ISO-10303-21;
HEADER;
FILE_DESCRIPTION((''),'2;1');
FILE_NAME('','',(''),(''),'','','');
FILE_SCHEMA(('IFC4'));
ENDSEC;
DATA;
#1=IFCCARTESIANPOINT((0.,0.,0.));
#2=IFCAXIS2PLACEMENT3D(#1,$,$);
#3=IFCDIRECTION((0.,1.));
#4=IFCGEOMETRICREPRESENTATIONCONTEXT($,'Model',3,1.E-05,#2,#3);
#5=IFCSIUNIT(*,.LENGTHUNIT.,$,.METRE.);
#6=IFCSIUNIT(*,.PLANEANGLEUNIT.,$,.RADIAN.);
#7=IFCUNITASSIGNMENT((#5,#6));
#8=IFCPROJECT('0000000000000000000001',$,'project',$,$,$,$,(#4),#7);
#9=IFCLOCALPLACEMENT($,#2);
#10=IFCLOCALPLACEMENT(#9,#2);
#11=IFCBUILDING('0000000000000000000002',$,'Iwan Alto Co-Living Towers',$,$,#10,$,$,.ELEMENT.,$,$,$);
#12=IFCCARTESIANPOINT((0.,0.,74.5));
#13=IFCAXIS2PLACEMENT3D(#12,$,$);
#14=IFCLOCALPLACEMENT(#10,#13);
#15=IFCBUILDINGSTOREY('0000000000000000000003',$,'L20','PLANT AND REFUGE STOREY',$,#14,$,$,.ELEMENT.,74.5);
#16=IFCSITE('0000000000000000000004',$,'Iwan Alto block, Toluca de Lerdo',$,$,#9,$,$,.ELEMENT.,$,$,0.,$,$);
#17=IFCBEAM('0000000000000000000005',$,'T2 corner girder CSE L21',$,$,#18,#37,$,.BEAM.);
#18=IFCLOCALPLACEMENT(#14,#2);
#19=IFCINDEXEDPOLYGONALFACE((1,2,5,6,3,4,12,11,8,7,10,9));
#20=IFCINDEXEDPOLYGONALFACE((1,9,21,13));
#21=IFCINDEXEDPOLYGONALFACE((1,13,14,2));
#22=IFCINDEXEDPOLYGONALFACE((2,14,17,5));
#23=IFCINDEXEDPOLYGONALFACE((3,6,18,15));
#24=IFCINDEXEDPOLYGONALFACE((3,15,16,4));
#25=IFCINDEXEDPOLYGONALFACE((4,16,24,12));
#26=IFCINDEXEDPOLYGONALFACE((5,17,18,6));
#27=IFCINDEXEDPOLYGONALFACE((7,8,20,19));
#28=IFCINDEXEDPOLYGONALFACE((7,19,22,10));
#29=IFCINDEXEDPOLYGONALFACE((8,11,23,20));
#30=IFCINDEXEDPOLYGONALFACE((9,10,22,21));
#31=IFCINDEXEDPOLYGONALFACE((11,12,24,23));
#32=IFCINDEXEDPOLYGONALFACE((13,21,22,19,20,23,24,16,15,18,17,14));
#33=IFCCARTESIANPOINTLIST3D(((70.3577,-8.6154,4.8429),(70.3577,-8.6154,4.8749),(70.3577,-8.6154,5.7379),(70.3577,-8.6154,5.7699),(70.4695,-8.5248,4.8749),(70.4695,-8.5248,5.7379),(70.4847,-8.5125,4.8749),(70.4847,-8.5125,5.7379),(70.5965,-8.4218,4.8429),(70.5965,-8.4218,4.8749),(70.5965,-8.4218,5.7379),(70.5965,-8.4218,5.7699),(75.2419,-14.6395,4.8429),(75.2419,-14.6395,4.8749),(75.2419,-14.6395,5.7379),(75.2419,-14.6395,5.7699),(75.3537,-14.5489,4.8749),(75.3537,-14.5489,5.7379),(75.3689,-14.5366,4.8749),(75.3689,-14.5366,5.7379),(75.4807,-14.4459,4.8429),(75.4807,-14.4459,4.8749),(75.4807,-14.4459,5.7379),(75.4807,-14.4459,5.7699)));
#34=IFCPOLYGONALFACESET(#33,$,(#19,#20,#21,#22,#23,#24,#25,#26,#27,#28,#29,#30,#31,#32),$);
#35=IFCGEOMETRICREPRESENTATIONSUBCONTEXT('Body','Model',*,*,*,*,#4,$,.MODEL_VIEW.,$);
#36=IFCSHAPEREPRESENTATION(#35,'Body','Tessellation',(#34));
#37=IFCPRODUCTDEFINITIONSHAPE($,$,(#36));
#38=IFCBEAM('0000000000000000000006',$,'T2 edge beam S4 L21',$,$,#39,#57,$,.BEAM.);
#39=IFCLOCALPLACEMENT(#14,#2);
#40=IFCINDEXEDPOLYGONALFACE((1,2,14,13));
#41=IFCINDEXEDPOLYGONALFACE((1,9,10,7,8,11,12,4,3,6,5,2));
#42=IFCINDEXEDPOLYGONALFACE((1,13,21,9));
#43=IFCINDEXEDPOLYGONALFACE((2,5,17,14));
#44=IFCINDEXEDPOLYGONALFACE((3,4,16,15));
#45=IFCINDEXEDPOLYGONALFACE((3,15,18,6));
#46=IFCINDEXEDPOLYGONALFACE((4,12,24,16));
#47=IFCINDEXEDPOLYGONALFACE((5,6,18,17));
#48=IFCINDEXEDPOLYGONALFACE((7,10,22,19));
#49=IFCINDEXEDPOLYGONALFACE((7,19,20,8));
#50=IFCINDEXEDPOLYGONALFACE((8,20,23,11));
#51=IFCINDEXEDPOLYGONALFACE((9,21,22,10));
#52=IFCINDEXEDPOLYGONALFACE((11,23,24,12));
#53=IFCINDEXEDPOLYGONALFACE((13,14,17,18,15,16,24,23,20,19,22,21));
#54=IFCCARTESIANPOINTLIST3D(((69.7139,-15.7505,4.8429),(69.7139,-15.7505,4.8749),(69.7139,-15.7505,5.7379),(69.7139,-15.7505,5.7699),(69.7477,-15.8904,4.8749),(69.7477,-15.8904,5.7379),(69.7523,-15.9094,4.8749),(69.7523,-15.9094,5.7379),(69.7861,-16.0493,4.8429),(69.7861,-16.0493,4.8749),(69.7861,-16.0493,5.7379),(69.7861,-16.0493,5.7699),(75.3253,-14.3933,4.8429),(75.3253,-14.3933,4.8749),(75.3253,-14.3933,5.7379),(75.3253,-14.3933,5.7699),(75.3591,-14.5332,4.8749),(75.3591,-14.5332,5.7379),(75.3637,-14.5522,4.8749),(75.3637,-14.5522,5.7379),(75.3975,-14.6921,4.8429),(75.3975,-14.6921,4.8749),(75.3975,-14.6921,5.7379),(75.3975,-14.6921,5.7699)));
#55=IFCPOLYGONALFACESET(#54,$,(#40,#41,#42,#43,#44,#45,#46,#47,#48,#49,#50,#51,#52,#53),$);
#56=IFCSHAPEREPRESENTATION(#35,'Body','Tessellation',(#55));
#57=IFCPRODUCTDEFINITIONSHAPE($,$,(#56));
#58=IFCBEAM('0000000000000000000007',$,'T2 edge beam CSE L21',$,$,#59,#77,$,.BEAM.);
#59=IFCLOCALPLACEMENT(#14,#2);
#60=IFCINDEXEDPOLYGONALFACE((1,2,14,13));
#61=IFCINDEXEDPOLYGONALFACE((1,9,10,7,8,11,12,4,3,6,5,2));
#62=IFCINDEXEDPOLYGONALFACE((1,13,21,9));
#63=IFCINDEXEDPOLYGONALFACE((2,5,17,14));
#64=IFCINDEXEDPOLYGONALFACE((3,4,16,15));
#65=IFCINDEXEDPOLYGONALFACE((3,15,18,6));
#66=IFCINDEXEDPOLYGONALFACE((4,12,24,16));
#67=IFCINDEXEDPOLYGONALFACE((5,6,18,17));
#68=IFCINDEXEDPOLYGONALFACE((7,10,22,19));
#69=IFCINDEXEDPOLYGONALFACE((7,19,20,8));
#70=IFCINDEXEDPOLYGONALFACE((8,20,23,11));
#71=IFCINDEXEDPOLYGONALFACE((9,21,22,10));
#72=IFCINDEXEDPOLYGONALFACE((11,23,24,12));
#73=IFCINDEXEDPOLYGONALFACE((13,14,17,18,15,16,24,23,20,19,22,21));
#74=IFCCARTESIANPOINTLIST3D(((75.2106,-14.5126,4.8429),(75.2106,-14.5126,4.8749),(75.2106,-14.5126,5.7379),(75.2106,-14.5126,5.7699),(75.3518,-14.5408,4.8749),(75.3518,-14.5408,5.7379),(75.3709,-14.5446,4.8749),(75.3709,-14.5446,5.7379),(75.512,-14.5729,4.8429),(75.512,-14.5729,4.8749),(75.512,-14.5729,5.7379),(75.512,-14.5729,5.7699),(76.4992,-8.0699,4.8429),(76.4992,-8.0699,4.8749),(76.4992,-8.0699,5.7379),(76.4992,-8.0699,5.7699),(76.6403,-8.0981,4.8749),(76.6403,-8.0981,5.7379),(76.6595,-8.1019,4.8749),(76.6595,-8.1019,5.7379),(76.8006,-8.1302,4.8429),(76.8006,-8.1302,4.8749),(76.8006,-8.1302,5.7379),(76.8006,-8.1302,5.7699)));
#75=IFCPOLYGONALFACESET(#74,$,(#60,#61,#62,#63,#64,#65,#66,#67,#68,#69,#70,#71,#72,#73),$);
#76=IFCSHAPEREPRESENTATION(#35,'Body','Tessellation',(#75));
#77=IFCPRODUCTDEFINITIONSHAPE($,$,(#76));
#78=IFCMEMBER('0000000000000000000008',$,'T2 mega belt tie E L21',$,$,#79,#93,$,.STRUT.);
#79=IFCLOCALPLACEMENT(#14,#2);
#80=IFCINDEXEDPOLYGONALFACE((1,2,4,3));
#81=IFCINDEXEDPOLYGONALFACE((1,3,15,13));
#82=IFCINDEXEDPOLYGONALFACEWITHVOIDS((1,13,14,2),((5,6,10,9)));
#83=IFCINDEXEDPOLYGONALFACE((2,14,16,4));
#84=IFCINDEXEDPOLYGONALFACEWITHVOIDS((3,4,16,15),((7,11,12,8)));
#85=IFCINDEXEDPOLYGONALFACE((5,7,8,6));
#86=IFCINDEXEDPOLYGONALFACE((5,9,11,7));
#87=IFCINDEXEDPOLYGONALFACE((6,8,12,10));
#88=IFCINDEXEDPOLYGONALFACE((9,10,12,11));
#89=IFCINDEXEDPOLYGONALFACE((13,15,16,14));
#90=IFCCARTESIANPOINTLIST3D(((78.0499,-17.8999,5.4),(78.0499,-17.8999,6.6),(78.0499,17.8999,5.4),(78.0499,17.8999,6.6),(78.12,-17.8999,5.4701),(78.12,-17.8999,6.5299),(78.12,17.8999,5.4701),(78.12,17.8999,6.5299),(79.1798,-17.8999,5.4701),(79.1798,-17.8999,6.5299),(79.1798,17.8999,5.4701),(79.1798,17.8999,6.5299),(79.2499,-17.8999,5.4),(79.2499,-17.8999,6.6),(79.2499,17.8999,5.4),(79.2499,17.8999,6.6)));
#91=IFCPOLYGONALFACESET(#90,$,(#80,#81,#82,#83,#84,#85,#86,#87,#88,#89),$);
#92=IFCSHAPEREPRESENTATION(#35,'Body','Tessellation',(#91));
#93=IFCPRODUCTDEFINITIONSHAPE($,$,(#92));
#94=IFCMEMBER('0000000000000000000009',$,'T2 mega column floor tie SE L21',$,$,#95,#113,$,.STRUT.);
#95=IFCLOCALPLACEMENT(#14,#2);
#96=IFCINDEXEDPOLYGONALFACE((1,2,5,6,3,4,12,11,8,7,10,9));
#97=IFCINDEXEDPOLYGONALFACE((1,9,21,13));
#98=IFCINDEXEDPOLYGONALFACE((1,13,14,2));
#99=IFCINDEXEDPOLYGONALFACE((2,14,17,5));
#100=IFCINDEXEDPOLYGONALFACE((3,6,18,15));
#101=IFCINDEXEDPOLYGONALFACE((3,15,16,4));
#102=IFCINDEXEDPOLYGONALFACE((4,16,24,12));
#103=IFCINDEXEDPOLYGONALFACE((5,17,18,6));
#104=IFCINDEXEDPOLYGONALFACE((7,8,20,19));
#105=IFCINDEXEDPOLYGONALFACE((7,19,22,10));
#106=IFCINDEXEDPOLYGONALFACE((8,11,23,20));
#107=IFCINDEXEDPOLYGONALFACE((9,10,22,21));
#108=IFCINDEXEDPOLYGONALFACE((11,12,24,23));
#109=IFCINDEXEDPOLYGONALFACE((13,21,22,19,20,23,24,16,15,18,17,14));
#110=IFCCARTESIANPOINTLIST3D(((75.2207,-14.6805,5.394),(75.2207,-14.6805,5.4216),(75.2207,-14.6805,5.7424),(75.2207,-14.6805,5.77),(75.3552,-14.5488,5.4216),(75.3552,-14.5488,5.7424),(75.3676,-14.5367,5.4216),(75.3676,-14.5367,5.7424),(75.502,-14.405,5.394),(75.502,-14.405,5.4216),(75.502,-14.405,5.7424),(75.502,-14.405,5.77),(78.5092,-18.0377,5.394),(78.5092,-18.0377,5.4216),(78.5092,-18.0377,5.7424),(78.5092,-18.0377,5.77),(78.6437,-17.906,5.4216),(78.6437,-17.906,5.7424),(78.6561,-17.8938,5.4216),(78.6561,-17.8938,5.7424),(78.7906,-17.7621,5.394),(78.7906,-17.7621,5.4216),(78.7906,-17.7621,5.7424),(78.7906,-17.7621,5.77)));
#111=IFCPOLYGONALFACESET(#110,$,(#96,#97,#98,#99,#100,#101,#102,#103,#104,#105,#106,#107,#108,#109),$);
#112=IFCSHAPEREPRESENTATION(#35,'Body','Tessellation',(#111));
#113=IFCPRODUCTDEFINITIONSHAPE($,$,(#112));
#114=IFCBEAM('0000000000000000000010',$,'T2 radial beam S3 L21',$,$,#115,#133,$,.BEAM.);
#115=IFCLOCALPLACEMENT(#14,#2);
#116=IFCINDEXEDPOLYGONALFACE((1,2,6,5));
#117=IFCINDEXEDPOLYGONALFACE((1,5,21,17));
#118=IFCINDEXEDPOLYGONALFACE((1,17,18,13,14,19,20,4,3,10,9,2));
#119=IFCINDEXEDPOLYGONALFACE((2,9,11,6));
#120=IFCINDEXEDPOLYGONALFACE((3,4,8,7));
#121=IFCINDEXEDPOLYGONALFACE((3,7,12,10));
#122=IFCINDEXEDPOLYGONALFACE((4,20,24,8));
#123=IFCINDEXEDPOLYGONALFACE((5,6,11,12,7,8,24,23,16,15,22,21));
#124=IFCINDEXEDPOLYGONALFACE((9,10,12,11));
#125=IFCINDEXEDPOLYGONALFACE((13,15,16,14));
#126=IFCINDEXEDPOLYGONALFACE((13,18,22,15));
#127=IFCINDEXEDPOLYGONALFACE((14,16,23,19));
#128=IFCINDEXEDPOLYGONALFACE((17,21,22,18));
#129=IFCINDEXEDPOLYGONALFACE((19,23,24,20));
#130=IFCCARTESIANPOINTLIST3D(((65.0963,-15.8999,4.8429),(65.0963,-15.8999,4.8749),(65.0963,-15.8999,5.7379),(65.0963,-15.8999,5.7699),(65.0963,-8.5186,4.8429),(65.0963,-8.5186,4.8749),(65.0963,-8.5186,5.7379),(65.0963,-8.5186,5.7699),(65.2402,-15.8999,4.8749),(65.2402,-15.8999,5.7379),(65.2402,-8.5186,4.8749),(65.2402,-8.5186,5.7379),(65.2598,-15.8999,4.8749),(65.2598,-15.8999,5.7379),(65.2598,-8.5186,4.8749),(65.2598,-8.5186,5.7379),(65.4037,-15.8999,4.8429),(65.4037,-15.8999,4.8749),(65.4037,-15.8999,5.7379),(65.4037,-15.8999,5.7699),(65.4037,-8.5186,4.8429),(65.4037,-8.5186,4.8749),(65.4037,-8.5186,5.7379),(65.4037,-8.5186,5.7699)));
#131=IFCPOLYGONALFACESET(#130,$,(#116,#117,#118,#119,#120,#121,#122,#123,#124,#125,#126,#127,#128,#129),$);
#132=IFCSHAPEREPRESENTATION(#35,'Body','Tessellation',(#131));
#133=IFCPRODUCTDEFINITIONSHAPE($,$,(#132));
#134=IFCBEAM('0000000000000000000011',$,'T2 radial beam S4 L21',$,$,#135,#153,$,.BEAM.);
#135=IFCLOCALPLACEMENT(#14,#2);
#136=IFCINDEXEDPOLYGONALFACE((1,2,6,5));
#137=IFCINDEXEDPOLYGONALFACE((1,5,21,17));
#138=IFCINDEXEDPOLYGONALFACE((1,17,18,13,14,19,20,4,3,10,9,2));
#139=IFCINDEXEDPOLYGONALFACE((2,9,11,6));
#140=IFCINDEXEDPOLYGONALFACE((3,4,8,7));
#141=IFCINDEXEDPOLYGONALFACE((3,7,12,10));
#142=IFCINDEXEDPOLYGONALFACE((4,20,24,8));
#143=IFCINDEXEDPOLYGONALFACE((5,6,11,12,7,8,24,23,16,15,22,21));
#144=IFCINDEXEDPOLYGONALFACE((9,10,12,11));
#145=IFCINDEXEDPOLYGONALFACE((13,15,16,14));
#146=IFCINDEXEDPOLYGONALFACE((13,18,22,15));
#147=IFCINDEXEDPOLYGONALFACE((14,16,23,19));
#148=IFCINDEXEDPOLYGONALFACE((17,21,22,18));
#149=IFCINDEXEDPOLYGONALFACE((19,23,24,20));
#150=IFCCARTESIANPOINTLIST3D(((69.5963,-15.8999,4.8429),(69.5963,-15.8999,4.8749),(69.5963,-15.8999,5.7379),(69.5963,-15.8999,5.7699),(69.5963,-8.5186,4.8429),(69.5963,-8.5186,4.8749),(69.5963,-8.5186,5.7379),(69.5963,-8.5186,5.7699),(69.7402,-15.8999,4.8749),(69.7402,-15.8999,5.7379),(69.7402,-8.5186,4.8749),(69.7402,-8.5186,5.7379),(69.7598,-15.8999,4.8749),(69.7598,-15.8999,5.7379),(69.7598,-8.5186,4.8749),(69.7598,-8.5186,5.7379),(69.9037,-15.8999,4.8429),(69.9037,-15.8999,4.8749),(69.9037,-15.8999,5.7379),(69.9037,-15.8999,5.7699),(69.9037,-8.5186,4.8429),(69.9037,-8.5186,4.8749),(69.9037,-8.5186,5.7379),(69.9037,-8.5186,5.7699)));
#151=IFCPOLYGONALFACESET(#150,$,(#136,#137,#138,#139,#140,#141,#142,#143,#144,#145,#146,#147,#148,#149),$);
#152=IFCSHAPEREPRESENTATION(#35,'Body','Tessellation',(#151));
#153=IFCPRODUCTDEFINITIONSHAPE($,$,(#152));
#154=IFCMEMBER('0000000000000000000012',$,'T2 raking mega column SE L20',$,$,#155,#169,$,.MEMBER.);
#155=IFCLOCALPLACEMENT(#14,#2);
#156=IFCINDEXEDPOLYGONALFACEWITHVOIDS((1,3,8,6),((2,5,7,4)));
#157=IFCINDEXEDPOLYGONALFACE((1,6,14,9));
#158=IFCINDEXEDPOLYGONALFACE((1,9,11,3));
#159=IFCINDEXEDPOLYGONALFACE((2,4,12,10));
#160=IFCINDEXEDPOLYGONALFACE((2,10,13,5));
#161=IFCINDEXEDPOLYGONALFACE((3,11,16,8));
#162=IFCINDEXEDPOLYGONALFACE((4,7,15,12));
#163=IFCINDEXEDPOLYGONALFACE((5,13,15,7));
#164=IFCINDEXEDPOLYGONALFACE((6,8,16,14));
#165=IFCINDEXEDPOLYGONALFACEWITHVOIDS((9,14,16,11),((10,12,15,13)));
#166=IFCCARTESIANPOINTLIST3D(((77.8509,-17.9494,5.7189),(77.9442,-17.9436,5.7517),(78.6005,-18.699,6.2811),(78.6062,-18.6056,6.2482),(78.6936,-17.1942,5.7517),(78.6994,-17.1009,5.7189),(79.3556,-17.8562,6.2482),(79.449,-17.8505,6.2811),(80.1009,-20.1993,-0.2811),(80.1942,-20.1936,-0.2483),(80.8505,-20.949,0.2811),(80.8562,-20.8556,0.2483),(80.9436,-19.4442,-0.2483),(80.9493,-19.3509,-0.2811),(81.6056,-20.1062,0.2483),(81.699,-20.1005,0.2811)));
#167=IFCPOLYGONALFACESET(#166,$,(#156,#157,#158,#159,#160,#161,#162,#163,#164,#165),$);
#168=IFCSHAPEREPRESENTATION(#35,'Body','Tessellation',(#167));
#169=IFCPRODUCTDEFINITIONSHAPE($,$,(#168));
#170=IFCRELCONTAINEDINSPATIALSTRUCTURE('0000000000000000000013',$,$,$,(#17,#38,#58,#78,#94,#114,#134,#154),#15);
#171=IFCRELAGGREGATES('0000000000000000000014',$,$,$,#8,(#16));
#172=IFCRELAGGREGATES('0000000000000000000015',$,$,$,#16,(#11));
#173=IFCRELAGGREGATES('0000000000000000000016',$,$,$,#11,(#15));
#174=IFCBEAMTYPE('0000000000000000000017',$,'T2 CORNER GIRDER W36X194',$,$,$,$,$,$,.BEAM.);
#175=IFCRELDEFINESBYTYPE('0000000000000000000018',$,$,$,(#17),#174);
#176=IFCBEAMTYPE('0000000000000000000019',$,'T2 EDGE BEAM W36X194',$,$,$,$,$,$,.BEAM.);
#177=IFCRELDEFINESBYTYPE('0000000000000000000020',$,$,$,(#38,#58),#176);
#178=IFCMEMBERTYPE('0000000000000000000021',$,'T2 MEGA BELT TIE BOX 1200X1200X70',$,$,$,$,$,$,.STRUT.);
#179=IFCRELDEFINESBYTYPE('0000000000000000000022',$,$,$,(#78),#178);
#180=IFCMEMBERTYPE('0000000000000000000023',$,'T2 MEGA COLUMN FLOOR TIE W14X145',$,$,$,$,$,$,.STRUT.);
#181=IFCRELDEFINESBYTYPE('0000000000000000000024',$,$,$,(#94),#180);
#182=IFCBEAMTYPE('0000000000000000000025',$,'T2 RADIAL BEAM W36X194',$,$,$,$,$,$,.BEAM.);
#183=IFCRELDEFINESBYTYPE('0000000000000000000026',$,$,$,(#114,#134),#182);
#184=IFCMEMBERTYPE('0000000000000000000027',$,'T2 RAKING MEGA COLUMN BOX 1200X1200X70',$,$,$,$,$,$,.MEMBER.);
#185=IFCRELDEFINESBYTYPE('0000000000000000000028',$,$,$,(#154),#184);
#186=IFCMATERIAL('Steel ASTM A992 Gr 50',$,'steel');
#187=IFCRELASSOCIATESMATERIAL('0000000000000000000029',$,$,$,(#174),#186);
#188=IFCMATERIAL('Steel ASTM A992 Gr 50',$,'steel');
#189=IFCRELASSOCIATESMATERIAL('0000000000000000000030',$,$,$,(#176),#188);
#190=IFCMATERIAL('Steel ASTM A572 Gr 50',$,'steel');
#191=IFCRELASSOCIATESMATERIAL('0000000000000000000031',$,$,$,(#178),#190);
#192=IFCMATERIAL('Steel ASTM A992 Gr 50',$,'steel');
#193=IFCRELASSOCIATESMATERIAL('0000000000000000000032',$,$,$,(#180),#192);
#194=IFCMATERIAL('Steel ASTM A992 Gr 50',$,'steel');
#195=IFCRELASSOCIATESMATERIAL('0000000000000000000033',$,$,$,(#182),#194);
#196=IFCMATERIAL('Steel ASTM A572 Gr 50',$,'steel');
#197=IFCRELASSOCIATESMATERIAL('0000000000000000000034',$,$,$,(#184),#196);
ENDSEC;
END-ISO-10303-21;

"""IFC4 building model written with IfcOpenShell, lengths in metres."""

from ifc_helpers import new_model, si_unit, direction, frame, origin, origin_2d, place, context, subcontext, project, spatial, hollow_rectangle, i_section, extrude, material, material_profile, profile_set, type_object, element, save


model = new_model("IFC4")

# Units and contexts
model_context = context("Model", 3, precision=1e-05, world=origin(), true_north=direction((0.0, 1.0)))
body_context = subcontext(model_context, "Body", "Model", "MODEL_VIEW")
ifc_project = project(units=[si_unit("LENGTHUNIT", "METRE"), si_unit("PLANEANGLEUNIT", "RADIAN")], contexts=[model_context])

# Site, building, storey
site_placement = place(None, origin())
site = spatial("IfcSite", under=ifc_project, at=site_placement, Name="Iwan Alto block, Toluca de Lerdo", CompositionType="ELEMENT", RefElevation=0.0)
building_placement = place(site_placement, origin())
building = spatial("IfcBuilding", under=site, at=building_placement, Name="Iwan Alto Co-Living Towers", CompositionType="ELEMENT")
storey_placement = place(building_placement, frame((0.0, 0.0, 74.5)))
storey = spatial("IfcBuildingStorey", under=building, at=storey_placement, Name="L20", Description="PLANT AND REFUGE STOREY", CompositionType="ELEMENT", Elevation=74.5)

# Beams
ifc_material_1 = material(Name="Steel ASTM A992 Gr 50", Category="steel")
ifc_material_profile_1 = material_profile(ifc_material_1, i_section(OverallWidth=0.3074, OverallDepth=0.927, WebThickness=0.0195, FlangeThickness=0.032, at=origin_2d()), Name="W36X194")
ifc_profile_set_1 = profile_set([ifc_material_profile_1], Name="Steel ASTM A992 Gr 50")
beam_type_1 = type_object("IfcBeamType", Name="T2 CORNER GIRDER W36X194", PredefinedType="BEAM", material=ifc_profile_set_1)
beam_1_placement = place(storey_placement, frame((75.3613, -14.5427, 5.3064), z_axis=(-0.629788, 0.776767, 0.0), x_axis=(-0.776767, -0.629788, 0.0)))
element("IfcBeam", 1, at=beam_1_placement, inside=storey, type_object=beam_type_1, Name="T2 corner girder CSE L21", PredefinedType="BEAM", context=body_context, shape_type="SweptSolid", body=[
    extrude(i_section(OverallWidth=0.3074, OverallDepth=0.927, WebThickness=0.0195, FlangeThickness=0.032, at=origin_2d()), origin(), (0.0, 0.0, 1.0), 7.7554),
])
ifc_material_2 = material(Name="Steel ASTM A992 Gr 50", Category="steel")
ifc_material_profile_2 = material_profile(ifc_material_2, i_section(OverallWidth=0.3074, OverallDepth=0.927, WebThickness=0.0195, FlangeThickness=0.032, at=origin_2d()), Name="W36X194")
ifc_profile_set_2 = profile_set([ifc_material_profile_2], Name="Steel ASTM A992 Gr 50")
beam_type_2 = type_object("IfcBeamType", Name="T2 EDGE BEAM W36X194", PredefinedType="BEAM", material=ifc_profile_set_2)
beam_2_placement = place(storey_placement, frame((69.75, -15.8999, 5.3064), z_axis=(0.971975, 0.235086, 0.0), x_axis=(-0.235086, 0.971975, 0.0)))
element("IfcBeam", 2, at=beam_2_placement, inside=storey, type_object=beam_type_2, Name="T2 edge beam S4 L21", PredefinedType="BEAM", context=body_context, shape_type="SweptSolid", body=[
    extrude(i_section(OverallWidth=0.3074, OverallDepth=0.927, WebThickness=0.0195, FlangeThickness=0.032, at=origin_2d()), origin(), (0.0, 0.0, 1.0), 5.7732),
])
beam_3_placement = place(storey_placement, frame((75.3613, -14.5427, 5.3064), z_axis=(0.196123, 0.980579, 0.0), x_axis=(-0.980579, 0.196123, 0.0)))
element("IfcBeam", 3, at=beam_3_placement, inside=storey, type_object=beam_type_2, Name="T2 edge beam CSE L21", PredefinedType="BEAM", context=body_context, shape_type="SweptSolid", body=[
    extrude(i_section(OverallWidth=0.3074, OverallDepth=0.927, WebThickness=0.0195, FlangeThickness=0.032, at=origin_2d()), origin(), (0.0, 0.0, 1.0), 6.5703),
])

# Members
ifc_material_3 = material(Name="Steel ASTM A572 Gr 50", Category="steel")
ifc_material_profile_3 = material_profile(ifc_material_3, hollow_rectangle(XDim=1.2, YDim=1.2, WallThickness=0.0701, at=origin_2d()), Name="BOX 1200X1200X70")
ifc_profile_set_3 = profile_set([ifc_material_profile_3], Name="Steel ASTM A572 Gr 50")
member_type_1 = type_object("IfcMemberType", Name="T2 MEGA BELT TIE BOX 1200X1200X70", PredefinedType="STRUT", material=ifc_profile_set_3)
member_1_placement = place(storey_placement, frame((78.6499, -17.8999, 6.0), z_axis=(0.0, 1.0, 0.0), x_axis=(-1.0, 0.0, 0.0)))
element("IfcMember", 4, at=member_1_placement, inside=storey, type_object=member_type_1, Name="T2 mega belt tie E L21", PredefinedType="STRUT", context=body_context, shape_type="SweptSolid", body=[
    extrude(hollow_rectangle(XDim=1.2, YDim=1.2, WallThickness=0.0701, at=origin_2d()), origin(), (0.0, 0.0, 1.0), 35.7998),
])
ifc_material_4 = material(Name="Steel ASTM A992 Gr 50", Category="steel")
ifc_material_profile_4 = material_profile(ifc_material_4, i_section(OverallWidth=0.3938, OverallDepth=0.376, WebThickness=0.0173, FlangeThickness=0.0276, at=origin_2d()), Name="W14X145")
ifc_profile_set_4 = profile_set([ifc_material_profile_4], Name="Steel ASTM A992 Gr 50")
member_type_2 = type_object("IfcMemberType", Name="T2 MEGA COLUMN FLOOR TIE W14X145", PredefinedType="STRUT", material=ifc_profile_set_4)
member_2_placement = place(storey_placement, frame((78.6499, -17.8999, 5.582), z_axis=(-0.69977, 0.714368, 0.0), x_axis=(-0.714368, -0.69977, 0.0)))
element("IfcMember", 5, at=member_2_placement, inside=storey, type_object=member_type_2, Name="T2 mega column floor tie SE L21", PredefinedType="STRUT", context=body_context, shape_type="SweptSolid", body=[
    extrude(i_section(OverallWidth=0.3938, OverallDepth=0.376, WebThickness=0.0173, FlangeThickness=0.0276, at=origin_2d()), origin(), (0.0, 0.0, 1.0), 4.6995),
])

# Beams
ifc_material_5 = material(Name="Steel ASTM A992 Gr 50", Category="steel")
ifc_material_profile_5 = material_profile(ifc_material_5, i_section(OverallWidth=0.3074, OverallDepth=0.927, WebThickness=0.0195, FlangeThickness=0.032, at=origin_2d()), Name="W36X194")
ifc_profile_set_5 = profile_set([ifc_material_profile_5], Name="Steel ASTM A992 Gr 50")
beam_type_3 = type_object("IfcBeamType", Name="T2 RADIAL BEAM W36X194", PredefinedType="BEAM", material=ifc_profile_set_5)
for number, where, z_axis, x_axis, name in (
    (6, (65.25, -15.8999, 5.3064), (0.0, 1.0, 0.0), (-1.0, 0.0, 0.0), "T2 radial beam S3 L21"),
    (7, (69.75, -15.8999, 5.3064), (0.0, 1.0, 0.0), (-1.0, 0.0, 0.0), "T2 radial beam S4 L21"),
):
    element("IfcBeam", number, at=place(storey_placement, frame(where, z_axis=z_axis, x_axis=x_axis)), inside=storey, type_object=beam_type_3, Name=name, PredefinedType="BEAM", context=body_context, shape_type="SweptSolid", body=[
        extrude(i_section(OverallWidth=0.3074, OverallDepth=0.927, WebThickness=0.0195, FlangeThickness=0.032, at=origin_2d()), origin(), (0.0, 0.0, 1.0), 7.3813),
    ])

# Member
ifc_material_6 = material(Name="Steel ASTM A572 Gr 50", Category="steel")
ifc_material_profile_6 = material_profile(ifc_material_6, hollow_rectangle(XDim=1.2, YDim=1.2, WallThickness=0.0701, at=origin_2d()), Name="BOX 1200X1200X70")
ifc_profile_set_6 = profile_set([ifc_material_profile_6], Name="Steel ASTM A572 Gr 50")
member_type_3 = type_object("IfcMemberType", Name="T2 RAKING MEGA COLUMN BOX 1200X1200X70", PredefinedType="MEMBER", material=ifc_profile_set_6)
member_3_placement = place(storey_placement, frame((80.8999, -20.1499, 0.0), z_axis=(-0.331295, 0.331295, 0.883452), x_axis=(-0.707107, -0.707107, 0.0)))
element("IfcMember", 8, at=member_3_placement, inside=storey, type_object=member_type_3, Name="T2 raking mega column SE L20", PredefinedType="MEMBER", context=body_context, shape_type="SweptSolid", body=[
    extrude(hollow_rectangle(XDim=1.2, YDim=1.2, WallThickness=0.0701, at=origin_2d()), origin(), (0.0, 0.0, 1.0), 6.7915),
])

save(model, "model.ifc")
